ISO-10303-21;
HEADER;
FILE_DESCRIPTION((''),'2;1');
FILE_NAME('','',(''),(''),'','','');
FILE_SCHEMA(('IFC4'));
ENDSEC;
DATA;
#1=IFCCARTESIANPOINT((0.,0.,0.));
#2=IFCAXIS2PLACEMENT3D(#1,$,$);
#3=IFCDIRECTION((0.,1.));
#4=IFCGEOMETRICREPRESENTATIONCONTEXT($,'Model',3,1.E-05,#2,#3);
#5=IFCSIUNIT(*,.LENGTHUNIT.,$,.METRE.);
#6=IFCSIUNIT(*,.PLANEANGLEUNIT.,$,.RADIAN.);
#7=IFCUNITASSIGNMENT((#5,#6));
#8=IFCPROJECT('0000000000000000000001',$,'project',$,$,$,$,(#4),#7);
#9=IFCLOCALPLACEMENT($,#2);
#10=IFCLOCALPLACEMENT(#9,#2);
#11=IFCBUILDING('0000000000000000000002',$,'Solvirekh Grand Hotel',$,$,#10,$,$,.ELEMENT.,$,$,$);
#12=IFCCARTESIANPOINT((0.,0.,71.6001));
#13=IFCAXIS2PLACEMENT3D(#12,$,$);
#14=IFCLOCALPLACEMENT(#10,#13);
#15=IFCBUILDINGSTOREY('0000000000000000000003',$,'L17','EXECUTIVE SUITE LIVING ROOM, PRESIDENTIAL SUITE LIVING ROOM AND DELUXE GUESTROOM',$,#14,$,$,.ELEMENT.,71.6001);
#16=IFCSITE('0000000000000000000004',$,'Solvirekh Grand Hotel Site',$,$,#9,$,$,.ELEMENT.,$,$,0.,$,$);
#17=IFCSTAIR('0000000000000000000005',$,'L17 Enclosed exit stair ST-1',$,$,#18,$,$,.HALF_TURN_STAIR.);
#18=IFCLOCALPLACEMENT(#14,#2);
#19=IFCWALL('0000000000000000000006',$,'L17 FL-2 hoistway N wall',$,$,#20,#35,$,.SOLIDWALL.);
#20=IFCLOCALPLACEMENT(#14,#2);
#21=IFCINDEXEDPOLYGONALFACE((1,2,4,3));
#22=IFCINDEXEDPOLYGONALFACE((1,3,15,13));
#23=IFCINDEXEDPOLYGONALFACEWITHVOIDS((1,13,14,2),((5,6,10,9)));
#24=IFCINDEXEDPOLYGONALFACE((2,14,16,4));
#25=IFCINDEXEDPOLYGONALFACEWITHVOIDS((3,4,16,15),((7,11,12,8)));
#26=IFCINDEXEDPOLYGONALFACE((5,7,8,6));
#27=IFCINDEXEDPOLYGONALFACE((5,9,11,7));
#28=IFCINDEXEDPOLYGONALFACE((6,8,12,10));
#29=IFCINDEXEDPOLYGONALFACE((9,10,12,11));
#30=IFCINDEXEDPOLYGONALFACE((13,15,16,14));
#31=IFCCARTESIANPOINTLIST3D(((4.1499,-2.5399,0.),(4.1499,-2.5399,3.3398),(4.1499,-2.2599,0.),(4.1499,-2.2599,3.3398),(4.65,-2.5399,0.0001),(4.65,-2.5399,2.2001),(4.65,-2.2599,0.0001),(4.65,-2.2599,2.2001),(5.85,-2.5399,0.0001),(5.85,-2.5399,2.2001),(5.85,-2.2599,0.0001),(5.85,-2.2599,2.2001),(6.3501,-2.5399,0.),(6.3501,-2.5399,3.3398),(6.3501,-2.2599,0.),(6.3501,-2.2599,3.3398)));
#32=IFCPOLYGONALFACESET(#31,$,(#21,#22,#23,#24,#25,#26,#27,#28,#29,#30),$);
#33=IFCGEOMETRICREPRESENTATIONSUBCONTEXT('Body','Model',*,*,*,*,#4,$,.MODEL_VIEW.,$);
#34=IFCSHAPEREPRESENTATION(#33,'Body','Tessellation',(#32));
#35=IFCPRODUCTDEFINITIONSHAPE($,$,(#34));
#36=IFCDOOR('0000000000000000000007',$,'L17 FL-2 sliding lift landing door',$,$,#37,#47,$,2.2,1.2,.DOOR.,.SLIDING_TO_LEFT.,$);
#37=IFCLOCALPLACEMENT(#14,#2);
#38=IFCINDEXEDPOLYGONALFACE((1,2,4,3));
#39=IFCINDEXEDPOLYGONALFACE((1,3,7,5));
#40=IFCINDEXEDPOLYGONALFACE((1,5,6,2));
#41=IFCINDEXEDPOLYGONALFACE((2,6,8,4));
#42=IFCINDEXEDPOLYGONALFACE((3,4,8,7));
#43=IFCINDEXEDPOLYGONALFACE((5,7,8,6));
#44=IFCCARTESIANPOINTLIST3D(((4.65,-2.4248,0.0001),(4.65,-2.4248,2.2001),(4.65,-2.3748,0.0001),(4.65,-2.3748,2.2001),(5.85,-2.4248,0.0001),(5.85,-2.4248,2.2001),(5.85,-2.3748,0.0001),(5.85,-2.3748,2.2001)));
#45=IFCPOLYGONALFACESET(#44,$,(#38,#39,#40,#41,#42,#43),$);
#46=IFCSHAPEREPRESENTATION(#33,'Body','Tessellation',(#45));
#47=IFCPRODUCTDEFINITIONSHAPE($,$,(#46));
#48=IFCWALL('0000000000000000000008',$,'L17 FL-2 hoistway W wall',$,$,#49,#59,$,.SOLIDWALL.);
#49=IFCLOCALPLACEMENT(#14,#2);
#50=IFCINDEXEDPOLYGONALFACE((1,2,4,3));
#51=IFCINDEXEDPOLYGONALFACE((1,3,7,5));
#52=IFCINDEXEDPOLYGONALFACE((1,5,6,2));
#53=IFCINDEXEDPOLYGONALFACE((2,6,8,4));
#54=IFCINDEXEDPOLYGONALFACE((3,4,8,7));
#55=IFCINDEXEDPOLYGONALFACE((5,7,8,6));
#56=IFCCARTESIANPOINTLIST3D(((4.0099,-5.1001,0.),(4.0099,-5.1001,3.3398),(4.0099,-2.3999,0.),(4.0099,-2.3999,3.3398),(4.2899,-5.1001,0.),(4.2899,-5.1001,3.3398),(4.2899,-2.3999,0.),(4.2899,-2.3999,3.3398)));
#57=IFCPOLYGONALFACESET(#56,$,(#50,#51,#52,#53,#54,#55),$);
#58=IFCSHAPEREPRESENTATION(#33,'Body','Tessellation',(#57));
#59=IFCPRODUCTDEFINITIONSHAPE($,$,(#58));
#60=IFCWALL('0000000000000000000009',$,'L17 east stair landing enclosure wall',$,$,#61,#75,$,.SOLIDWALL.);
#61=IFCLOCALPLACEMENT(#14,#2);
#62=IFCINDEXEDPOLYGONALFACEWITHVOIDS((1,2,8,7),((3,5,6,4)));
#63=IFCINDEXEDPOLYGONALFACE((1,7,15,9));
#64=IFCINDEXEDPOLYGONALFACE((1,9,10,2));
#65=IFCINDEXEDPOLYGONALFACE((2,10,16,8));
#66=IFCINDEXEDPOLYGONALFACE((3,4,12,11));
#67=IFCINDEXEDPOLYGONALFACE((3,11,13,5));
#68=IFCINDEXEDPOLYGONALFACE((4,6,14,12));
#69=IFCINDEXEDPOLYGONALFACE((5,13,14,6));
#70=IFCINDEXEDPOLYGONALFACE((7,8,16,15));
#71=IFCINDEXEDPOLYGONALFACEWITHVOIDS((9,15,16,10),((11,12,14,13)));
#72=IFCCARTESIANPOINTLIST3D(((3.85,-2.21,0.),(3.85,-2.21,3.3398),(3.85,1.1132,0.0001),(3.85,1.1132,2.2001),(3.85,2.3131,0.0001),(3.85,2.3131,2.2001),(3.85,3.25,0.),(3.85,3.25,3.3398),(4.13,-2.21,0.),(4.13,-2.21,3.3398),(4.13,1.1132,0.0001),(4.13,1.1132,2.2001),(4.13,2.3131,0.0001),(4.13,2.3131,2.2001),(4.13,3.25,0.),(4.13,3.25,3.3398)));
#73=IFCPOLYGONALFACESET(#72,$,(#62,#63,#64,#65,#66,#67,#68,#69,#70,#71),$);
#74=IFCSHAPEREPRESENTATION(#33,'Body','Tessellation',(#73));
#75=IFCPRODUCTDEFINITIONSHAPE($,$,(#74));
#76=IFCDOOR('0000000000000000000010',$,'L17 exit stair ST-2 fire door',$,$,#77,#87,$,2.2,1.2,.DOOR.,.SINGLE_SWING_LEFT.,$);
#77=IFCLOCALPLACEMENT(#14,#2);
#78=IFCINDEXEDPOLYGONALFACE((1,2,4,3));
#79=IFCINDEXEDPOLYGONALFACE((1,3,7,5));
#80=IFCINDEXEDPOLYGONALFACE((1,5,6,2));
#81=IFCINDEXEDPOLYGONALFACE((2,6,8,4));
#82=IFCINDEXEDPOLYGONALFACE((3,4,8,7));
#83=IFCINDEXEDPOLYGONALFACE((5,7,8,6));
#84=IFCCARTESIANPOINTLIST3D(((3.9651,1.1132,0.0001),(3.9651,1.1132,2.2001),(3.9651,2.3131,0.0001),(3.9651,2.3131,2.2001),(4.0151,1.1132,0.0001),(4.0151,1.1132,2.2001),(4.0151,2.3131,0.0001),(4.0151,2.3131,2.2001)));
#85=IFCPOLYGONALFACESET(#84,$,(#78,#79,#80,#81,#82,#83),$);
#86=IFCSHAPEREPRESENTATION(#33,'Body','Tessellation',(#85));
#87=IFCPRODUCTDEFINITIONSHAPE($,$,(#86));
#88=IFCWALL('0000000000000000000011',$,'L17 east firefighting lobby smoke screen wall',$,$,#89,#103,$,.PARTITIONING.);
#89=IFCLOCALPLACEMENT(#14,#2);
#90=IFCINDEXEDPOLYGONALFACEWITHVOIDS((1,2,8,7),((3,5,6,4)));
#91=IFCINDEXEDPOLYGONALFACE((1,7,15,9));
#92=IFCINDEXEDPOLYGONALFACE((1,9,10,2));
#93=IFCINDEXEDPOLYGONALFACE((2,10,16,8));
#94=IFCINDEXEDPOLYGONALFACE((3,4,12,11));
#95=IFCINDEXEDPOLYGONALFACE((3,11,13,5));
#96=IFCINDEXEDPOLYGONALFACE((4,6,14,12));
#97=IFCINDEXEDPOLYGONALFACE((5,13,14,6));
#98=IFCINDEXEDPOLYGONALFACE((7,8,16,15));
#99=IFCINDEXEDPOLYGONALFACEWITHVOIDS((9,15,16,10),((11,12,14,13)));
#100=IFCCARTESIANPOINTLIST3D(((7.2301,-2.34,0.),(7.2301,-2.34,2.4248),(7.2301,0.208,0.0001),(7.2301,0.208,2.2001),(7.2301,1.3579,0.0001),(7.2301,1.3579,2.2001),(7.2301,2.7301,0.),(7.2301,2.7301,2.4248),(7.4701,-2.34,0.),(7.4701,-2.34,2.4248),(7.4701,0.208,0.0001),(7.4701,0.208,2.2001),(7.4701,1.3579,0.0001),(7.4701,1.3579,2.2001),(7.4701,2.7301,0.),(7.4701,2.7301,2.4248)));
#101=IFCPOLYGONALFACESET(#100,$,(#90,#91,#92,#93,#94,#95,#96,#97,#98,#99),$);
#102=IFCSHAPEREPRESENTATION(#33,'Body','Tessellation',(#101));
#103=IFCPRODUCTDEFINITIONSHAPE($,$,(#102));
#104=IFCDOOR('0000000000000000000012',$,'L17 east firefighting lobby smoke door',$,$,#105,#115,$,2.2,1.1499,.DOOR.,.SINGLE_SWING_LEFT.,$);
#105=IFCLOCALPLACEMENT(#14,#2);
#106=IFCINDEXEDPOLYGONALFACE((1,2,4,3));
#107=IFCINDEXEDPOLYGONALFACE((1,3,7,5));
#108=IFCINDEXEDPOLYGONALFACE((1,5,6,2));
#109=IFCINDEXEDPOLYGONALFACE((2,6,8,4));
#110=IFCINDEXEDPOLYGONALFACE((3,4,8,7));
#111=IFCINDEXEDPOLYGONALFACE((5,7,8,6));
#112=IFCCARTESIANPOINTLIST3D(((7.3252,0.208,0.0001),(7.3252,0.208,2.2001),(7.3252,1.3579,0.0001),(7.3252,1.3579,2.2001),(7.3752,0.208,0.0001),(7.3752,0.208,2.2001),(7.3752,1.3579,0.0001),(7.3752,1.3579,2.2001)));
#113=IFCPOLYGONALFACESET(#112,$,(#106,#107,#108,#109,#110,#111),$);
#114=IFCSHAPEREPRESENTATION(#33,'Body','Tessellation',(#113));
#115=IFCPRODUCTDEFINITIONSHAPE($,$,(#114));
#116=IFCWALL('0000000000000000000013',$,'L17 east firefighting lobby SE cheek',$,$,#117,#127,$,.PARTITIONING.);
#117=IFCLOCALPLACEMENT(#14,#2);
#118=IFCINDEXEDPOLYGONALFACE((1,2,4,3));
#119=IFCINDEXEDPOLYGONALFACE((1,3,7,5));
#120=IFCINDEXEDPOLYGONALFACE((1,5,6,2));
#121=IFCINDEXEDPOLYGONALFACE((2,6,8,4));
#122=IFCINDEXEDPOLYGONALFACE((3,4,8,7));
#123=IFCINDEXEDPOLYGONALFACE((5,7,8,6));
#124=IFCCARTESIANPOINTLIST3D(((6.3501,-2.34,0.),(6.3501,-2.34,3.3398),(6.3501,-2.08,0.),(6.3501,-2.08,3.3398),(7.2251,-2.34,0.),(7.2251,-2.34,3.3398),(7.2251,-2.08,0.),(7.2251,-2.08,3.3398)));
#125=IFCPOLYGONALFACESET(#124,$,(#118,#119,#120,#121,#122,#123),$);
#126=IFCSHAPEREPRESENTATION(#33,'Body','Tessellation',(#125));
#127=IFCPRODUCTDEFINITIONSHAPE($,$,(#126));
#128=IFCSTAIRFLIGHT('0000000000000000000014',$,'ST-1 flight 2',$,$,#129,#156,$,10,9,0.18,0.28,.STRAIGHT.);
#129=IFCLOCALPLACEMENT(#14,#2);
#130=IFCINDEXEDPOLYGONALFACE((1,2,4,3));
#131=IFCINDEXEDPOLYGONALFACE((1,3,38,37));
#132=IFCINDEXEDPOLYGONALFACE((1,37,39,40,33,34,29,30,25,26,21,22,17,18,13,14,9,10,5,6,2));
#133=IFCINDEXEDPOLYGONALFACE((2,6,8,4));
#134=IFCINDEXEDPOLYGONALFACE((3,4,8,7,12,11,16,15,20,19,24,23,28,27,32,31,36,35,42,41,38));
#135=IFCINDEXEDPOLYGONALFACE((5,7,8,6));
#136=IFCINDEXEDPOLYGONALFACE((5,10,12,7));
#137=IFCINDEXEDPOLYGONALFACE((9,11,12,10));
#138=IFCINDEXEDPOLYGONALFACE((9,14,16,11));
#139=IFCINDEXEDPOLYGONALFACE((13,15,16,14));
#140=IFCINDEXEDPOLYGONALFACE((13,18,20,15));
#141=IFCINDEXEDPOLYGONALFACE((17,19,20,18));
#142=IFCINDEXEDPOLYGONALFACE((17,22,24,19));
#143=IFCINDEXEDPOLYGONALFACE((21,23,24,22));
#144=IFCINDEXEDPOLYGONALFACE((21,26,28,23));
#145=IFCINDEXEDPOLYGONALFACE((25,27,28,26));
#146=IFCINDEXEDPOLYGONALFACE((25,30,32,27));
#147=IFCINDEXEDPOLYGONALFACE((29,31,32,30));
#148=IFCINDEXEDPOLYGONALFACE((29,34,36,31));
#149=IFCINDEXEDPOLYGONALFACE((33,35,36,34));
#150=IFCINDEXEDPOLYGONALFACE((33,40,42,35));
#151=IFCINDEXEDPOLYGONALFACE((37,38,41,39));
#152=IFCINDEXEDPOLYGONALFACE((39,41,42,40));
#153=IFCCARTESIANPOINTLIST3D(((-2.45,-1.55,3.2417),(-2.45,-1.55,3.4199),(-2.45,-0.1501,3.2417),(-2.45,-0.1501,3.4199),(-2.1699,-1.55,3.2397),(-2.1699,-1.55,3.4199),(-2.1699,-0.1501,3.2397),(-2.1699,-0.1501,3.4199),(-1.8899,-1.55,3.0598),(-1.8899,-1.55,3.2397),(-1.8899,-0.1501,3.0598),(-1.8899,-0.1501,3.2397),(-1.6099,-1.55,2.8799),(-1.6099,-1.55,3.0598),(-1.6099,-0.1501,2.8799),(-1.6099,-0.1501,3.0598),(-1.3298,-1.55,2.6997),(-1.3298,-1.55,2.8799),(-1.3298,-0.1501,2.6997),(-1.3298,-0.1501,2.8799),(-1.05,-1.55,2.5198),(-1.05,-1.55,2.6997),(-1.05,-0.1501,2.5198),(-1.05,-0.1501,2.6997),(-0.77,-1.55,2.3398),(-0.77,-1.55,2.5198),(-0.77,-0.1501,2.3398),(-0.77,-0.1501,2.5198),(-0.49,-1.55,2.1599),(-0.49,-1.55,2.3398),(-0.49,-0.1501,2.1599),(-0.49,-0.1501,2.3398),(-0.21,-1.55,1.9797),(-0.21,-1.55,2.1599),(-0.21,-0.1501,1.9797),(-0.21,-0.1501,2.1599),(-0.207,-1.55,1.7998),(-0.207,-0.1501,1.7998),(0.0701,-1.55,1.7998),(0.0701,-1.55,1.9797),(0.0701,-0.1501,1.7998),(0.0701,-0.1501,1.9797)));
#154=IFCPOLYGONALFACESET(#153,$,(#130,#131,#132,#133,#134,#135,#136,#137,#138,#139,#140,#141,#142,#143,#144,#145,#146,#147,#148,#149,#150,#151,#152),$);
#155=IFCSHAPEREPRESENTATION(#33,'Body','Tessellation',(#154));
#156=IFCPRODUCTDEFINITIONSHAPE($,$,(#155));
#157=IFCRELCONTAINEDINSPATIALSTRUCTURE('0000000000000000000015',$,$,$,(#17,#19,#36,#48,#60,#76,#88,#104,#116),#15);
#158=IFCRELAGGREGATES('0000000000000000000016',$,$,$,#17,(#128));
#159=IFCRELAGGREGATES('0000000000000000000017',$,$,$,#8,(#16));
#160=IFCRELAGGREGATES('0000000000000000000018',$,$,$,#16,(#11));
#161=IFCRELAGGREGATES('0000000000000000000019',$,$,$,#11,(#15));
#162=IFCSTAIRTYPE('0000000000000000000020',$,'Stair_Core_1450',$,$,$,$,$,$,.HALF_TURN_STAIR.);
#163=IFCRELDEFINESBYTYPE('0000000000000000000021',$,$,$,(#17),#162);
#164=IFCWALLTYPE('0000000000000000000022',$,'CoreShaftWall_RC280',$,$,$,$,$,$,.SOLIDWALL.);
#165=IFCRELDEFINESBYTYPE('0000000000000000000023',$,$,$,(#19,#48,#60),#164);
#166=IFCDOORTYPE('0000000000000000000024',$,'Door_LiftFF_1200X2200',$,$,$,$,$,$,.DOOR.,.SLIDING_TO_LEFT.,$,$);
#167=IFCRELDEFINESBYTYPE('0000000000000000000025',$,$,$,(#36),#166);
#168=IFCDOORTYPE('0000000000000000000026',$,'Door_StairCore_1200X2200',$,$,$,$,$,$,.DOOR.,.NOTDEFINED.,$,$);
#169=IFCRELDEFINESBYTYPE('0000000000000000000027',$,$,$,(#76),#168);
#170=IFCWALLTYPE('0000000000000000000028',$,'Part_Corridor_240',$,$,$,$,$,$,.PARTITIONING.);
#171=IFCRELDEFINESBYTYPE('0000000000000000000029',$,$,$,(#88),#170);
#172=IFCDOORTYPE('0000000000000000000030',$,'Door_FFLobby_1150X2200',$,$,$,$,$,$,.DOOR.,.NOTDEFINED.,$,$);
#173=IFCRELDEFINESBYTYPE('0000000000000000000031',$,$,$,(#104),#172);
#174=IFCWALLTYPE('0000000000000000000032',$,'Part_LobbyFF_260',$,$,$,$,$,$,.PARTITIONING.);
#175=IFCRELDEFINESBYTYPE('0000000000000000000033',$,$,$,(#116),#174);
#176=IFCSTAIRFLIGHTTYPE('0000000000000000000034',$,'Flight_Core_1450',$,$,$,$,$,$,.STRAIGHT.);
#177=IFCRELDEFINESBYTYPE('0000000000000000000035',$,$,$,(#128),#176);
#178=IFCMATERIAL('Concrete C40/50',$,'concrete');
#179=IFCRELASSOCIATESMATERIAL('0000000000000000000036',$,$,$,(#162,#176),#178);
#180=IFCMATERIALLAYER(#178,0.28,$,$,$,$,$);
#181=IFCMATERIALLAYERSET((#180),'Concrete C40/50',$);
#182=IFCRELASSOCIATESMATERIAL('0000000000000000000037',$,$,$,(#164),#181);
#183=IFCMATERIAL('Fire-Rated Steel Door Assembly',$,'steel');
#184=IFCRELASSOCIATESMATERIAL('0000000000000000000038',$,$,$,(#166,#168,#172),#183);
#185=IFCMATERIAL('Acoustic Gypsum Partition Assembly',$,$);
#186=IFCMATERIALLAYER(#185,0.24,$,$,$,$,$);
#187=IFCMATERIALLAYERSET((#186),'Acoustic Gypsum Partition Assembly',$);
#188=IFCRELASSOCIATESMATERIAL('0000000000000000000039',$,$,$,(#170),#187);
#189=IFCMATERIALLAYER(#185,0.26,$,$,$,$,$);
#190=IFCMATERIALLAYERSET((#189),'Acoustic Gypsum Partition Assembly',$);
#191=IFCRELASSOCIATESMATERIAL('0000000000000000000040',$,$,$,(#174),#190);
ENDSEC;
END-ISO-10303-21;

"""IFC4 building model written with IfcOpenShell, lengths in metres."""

from ifc_helpers import new_model, si_unit, direction, frame, frame_2d, origin, place, context, subcontext, project, spatial, polyline, rectangle, outline, extrude, material, layer, layer_set, type_object, element, fill, aggregate, save


model = new_model("IFC4")

# Units and contexts
model_context = context("Model", 3, precision=1e-05, world=origin(), true_north=direction((0.0, 1.0)))
body_context = subcontext(model_context, "Body", "Model", "MODEL_VIEW")
ifc_project = project(units=[si_unit("LENGTHUNIT", "METRE"), si_unit("PLANEANGLEUNIT", "RADIAN")], contexts=[model_context])

# Site, building, storey
site_placement = place(None, origin())
site = spatial("IfcSite", under=ifc_project, at=site_placement, Name="Solvirekh Grand Hotel Site", CompositionType="ELEMENT", RefElevation=0.0)
building_placement = place(site_placement, origin())
building = spatial("IfcBuilding", under=site, at=building_placement, Name="Solvirekh Grand Hotel", CompositionType="ELEMENT")
storey_placement = place(building_placement, frame((0.0, 0.0, 71.6001)))
storey = spatial("IfcBuildingStorey", under=building, at=storey_placement, Name="L17", Description="EXECUTIVE SUITE LIVING ROOM, PRESIDENTIAL SUITE LIVING ROOM AND DELUXE GUESTROOM", CompositionType="ELEMENT", Elevation=71.6001)

# Stair
ifc_material_1 = material(Name="Concrete C40/50", Category="concrete")
stair_type = type_object("IfcStairType", Name="Stair_Core_1450", PredefinedType="HALF_TURN_STAIR", material=ifc_material_1)
stair_placement = place(storey_placement, origin())
stair = element("IfcStair", 1, at=stair_placement, inside=storey, type_object=stair_type, Name="L17 Enclosed exit stair ST-1", PredefinedType="HALF_TURN_STAIR")

# Shared definitions
ifc_layer_1 = layer(ifc_material_1, 0.28)
ifc_layer_set_1 = layer_set([ifc_layer_1], Name="Concrete C40/50")
wall_type_1 = type_object("IfcWallType", Name="CoreShaftWall_RC280", PredefinedType="SOLIDWALL", material=ifc_layer_set_1)

# Wall, opening, door
wall_1_placement = place(storey_placement, frame((6.3501, -2.3999, 0.0), z_axis=(0.0, 0.0, 1.0), x_axis=(-1.0, 0.0, 0.0)))
wall_1 = element("IfcWall", 2, at=wall_1_placement, inside=storey, type_object=wall_type_1, Name="L17 FL-2 hoistway N wall", PredefinedType="SOLIDWALL", context=body_context, shape_type="SweptSolid", body=[
    extrude(rectangle(XDim=2.2002, YDim=0.28, at=frame_2d((1.1001, 0.0))), origin(), (0.0, 0.0, 1.0), 3.3398),
])
opening_1_placement = place(wall_1_placement, frame((0.5, 0.0, 0.0)))
opening_1 = element("IfcOpeningElement", 3, at=opening_1_placement, cuts=wall_1, PredefinedType="OPENING", context=body_context, shape_type="SweptSolid", body=[
    extrude(rectangle(XDim=1.2, YDim=2.2, at=frame_2d((0.6001, 1.1001))), frame((0.0, 0.1499, 0.0), z_axis=(0.0, -1.0, 0.0), x_axis=(1.0, 0.0, 0.0)), (0.0, 0.0, 1.0), 0.3),
])
ifc_material_2 = material(Name="Fire-Rated Steel Door Assembly", Category="steel")
door_type_1 = type_object("IfcDoorType", Name="Door_LiftFF_1200X2200", OperationType="SLIDING_TO_LEFT", PredefinedType="DOOR", material=ifc_material_2)
door_1_placement = place(opening_1_placement, origin())
door_1 = element("IfcDoor", 4, at=door_1_placement, inside=storey, type_object=door_type_1, Name="L17 FL-2 sliding lift landing door", OperationType="SLIDING_TO_LEFT", OverallHeight=2.2, OverallWidth=1.2, PredefinedType="DOOR", context=body_context, shape_type="SweptSolid", body=[
    extrude(rectangle(XDim=1.2, YDim=2.2, at=frame_2d((0.6001, 1.1001))), frame((0.0, 0.0249, 0.0), z_axis=(0.0, -1.0, 0.0), x_axis=(1.0, 0.0, 0.0)), (0.0, 0.0, 1.0), 0.05),
])
fill(opening_1, door_1)

# Wall
wall_2_placement = place(storey_placement, frame((4.1499, -2.3999, 0.0), z_axis=(0.0, 0.0, 1.0), x_axis=(0.0, -1.0, 0.0)))
element("IfcWall", 5, at=wall_2_placement, inside=storey, type_object=wall_type_1, Name="L17 FL-2 hoistway W wall", PredefinedType="SOLIDWALL", context=body_context, shape_type="SweptSolid", body=[
    extrude(rectangle(XDim=2.7002, YDim=0.28, at=frame_2d((1.3501, 0.0))), origin(), (0.0, 0.0, 1.0), 3.3398),
])

# Walls, openings, doors
wall_3_placement = place(storey_placement, frame((3.99, -2.21, 0.0), z_axis=(0.0, 0.0, 1.0), x_axis=(0.0, 1.0, 0.0)))
wall_3 = element("IfcWall", 6, at=wall_3_placement, inside=storey, type_object=wall_type_1, Name="L17 east stair landing enclosure wall", PredefinedType="SOLIDWALL", context=body_context, shape_type="SweptSolid", body=[
    extrude(rectangle(XDim=5.46, YDim=0.28, at=frame_2d((2.73, 0.0))), origin(), (0.0, 0.0, 1.0), 3.3398),
])
opening_2_placement = place(wall_3_placement, frame((3.323, 0.0, 0.0)))
opening_2 = element("IfcOpeningElement", 7, at=opening_2_placement, cuts=wall_3, PredefinedType="OPENING", context=body_context, shape_type="SweptSolid", body=[
    extrude(rectangle(XDim=1.2, YDim=2.2, at=frame_2d((0.6001, 1.1001))), frame((0.0, 0.1499, 0.0), z_axis=(0.0, -1.0, 0.0), x_axis=(1.0, 0.0, 0.0)), (0.0, 0.0, 1.0), 0.3),
])
door_type_2 = type_object("IfcDoorType", Name="Door_StairCore_1200X2200", OperationType="NOTDEFINED", PredefinedType="DOOR", material=ifc_material_2)
door_2_placement = place(opening_2_placement, origin())
door_2 = element("IfcDoor", 8, at=door_2_placement, inside=storey, type_object=door_type_2, Name="L17 exit stair ST-2 fire door", OperationType="SINGLE_SWING_LEFT", OverallHeight=2.2, OverallWidth=1.2, PredefinedType="DOOR", context=body_context, shape_type="SweptSolid", body=[
    extrude(rectangle(XDim=1.2, YDim=2.2, at=frame_2d((0.6001, 1.1001))), frame((0.0, 0.0249, 0.0), z_axis=(0.0, -1.0, 0.0), x_axis=(1.0, 0.0, 0.0)), (0.0, 0.0, 1.0), 0.05),
])
fill(opening_2, door_2)
ifc_material_3 = material(Name="Acoustic Gypsum Partition Assembly")
ifc_layer_2 = layer(ifc_material_3, 0.24)
ifc_layer_set_2 = layer_set([ifc_layer_2], Name="Acoustic Gypsum Partition Assembly")
wall_type_2 = type_object("IfcWallType", Name="Part_Corridor_240", PredefinedType="PARTITIONING", material=ifc_layer_set_2)
wall_4_placement = place(storey_placement, frame((7.3501, -2.3401, 0.0), z_axis=(0.0, 0.0, 1.0), x_axis=(0.0, 1.0, 0.0)))
wall_4 = element("IfcWall", 9, at=wall_4_placement, inside=storey, type_object=wall_type_2, Name="L17 east firefighting lobby smoke screen wall", PredefinedType="PARTITIONING", context=body_context, shape_type="SweptSolid", body=[
    extrude(rectangle(XDim=5.0701, YDim=0.24, at=frame_2d((2.5352, 0.0))), origin(), (0.0, 0.0, 1.0), 2.4248),
])
opening_3_placement = place(wall_4_placement, frame((2.5481, 0.0, 0.0)))
opening_3 = element("IfcOpeningElement", 10, at=opening_3_placement, cuts=wall_4, PredefinedType="OPENING", context=body_context, shape_type="SweptSolid", body=[
    extrude(rectangle(XDim=1.1499, YDim=2.2, at=frame_2d((0.575, 1.1001))), frame((0.0, 0.1299, 0.0), z_axis=(0.0, -1.0, 0.0), x_axis=(1.0, 0.0, 0.0)), (0.0, 0.0, 1.0), 0.26),
])
door_type_3 = type_object("IfcDoorType", Name="Door_FFLobby_1150X2200", OperationType="NOTDEFINED", PredefinedType="DOOR", material=ifc_material_2)
door_3_placement = place(opening_3_placement, origin())
door_3 = element("IfcDoor", 11, at=door_3_placement, inside=storey, type_object=door_type_3, Name="L17 east firefighting lobby smoke door", OperationType="SINGLE_SWING_LEFT", OverallHeight=2.2, OverallWidth=1.1499, PredefinedType="DOOR", context=body_context, shape_type="SweptSolid", body=[
    extrude(rectangle(XDim=1.1499, YDim=2.2, at=frame_2d((0.575, 1.1001))), frame((0.0, 0.0249, 0.0), z_axis=(0.0, -1.0, 0.0), x_axis=(1.0, 0.0, 0.0)), (0.0, 0.0, 1.0), 0.05),
])
fill(opening_3, door_3)

# Wall
ifc_layer_3 = layer(ifc_material_3, 0.26)
ifc_layer_set_3 = layer_set([ifc_layer_3], Name="Acoustic Gypsum Partition Assembly")
wall_type_3 = type_object("IfcWallType", Name="Part_LobbyFF_260", PredefinedType="PARTITIONING", material=ifc_layer_set_3)
wall_5_placement = place(storey_placement, frame((6.3501, -2.21, 0.0), z_axis=(0.0, 0.0, 1.0), x_axis=(1.0, 0.0, 0.0)))
element("IfcWall", 12, at=wall_5_placement, inside=storey, type_object=wall_type_3, Name="L17 east firefighting lobby SE cheek", PredefinedType="PARTITIONING", context=body_context, shape_type="SweptSolid", body=[
    extrude(rectangle(XDim=0.875, YDim=0.26, at=frame_2d((0.4375, 0.0))), origin(), (0.0, 0.0, 1.0), 3.3398),
])

# Stair flight
stair_flight_type = type_object("IfcStairFlightType", Name="Flight_Core_1450", PredefinedType="STRAIGHT", material=ifc_material_1)
stair_flight_placement = place(storey_placement, frame((0.0701, -0.8501, 1.7998), z_axis=(0.0, 0.0, 1.0), x_axis=(-1.0, 0.0, 0.0)))
stair_flight = element("IfcStairFlight", 13, at=stair_flight_placement, type_object=stair_flight_type, Name="ST-1 flight 2", NumberOfRisers=10, NumberOfTreads=9, PredefinedType="STRAIGHT", RiserHeight=0.18, TreadLength=0.28, context=body_context, shape_type="SweptSolid", body=[
    extrude(outline(polyline([(0.0, 0.0), (0.0, 0.1799), (0.28, 0.1799), (0.28, 0.3601), (0.5601, 0.3601), (0.5601, 0.54), (0.8401, 0.54), (0.8401, 0.72), (1.1201, 0.72), (1.1201, 0.8999), (1.3999, 0.8999), (1.3999, 1.0801), (1.6799, 1.0801), (1.6799, 1.26), (1.96, 1.26), (1.96, 1.4399), (2.24, 1.4399), (2.24, 1.6201), (2.52, 1.6201), (2.52, 1.8), (2.52, 1.4419), (0.2771, 0.0), (0.0, 0.0)])), frame((0.0, 0.7, 0.0), z_axis=(0.0, -1.0, 0.0), x_axis=(1.0, 0.0, 0.0)), (0.0, 0.0, 1.0), 1.3999),
])
aggregate(stair, [stair_flight])

save(model, "model.ifc")
